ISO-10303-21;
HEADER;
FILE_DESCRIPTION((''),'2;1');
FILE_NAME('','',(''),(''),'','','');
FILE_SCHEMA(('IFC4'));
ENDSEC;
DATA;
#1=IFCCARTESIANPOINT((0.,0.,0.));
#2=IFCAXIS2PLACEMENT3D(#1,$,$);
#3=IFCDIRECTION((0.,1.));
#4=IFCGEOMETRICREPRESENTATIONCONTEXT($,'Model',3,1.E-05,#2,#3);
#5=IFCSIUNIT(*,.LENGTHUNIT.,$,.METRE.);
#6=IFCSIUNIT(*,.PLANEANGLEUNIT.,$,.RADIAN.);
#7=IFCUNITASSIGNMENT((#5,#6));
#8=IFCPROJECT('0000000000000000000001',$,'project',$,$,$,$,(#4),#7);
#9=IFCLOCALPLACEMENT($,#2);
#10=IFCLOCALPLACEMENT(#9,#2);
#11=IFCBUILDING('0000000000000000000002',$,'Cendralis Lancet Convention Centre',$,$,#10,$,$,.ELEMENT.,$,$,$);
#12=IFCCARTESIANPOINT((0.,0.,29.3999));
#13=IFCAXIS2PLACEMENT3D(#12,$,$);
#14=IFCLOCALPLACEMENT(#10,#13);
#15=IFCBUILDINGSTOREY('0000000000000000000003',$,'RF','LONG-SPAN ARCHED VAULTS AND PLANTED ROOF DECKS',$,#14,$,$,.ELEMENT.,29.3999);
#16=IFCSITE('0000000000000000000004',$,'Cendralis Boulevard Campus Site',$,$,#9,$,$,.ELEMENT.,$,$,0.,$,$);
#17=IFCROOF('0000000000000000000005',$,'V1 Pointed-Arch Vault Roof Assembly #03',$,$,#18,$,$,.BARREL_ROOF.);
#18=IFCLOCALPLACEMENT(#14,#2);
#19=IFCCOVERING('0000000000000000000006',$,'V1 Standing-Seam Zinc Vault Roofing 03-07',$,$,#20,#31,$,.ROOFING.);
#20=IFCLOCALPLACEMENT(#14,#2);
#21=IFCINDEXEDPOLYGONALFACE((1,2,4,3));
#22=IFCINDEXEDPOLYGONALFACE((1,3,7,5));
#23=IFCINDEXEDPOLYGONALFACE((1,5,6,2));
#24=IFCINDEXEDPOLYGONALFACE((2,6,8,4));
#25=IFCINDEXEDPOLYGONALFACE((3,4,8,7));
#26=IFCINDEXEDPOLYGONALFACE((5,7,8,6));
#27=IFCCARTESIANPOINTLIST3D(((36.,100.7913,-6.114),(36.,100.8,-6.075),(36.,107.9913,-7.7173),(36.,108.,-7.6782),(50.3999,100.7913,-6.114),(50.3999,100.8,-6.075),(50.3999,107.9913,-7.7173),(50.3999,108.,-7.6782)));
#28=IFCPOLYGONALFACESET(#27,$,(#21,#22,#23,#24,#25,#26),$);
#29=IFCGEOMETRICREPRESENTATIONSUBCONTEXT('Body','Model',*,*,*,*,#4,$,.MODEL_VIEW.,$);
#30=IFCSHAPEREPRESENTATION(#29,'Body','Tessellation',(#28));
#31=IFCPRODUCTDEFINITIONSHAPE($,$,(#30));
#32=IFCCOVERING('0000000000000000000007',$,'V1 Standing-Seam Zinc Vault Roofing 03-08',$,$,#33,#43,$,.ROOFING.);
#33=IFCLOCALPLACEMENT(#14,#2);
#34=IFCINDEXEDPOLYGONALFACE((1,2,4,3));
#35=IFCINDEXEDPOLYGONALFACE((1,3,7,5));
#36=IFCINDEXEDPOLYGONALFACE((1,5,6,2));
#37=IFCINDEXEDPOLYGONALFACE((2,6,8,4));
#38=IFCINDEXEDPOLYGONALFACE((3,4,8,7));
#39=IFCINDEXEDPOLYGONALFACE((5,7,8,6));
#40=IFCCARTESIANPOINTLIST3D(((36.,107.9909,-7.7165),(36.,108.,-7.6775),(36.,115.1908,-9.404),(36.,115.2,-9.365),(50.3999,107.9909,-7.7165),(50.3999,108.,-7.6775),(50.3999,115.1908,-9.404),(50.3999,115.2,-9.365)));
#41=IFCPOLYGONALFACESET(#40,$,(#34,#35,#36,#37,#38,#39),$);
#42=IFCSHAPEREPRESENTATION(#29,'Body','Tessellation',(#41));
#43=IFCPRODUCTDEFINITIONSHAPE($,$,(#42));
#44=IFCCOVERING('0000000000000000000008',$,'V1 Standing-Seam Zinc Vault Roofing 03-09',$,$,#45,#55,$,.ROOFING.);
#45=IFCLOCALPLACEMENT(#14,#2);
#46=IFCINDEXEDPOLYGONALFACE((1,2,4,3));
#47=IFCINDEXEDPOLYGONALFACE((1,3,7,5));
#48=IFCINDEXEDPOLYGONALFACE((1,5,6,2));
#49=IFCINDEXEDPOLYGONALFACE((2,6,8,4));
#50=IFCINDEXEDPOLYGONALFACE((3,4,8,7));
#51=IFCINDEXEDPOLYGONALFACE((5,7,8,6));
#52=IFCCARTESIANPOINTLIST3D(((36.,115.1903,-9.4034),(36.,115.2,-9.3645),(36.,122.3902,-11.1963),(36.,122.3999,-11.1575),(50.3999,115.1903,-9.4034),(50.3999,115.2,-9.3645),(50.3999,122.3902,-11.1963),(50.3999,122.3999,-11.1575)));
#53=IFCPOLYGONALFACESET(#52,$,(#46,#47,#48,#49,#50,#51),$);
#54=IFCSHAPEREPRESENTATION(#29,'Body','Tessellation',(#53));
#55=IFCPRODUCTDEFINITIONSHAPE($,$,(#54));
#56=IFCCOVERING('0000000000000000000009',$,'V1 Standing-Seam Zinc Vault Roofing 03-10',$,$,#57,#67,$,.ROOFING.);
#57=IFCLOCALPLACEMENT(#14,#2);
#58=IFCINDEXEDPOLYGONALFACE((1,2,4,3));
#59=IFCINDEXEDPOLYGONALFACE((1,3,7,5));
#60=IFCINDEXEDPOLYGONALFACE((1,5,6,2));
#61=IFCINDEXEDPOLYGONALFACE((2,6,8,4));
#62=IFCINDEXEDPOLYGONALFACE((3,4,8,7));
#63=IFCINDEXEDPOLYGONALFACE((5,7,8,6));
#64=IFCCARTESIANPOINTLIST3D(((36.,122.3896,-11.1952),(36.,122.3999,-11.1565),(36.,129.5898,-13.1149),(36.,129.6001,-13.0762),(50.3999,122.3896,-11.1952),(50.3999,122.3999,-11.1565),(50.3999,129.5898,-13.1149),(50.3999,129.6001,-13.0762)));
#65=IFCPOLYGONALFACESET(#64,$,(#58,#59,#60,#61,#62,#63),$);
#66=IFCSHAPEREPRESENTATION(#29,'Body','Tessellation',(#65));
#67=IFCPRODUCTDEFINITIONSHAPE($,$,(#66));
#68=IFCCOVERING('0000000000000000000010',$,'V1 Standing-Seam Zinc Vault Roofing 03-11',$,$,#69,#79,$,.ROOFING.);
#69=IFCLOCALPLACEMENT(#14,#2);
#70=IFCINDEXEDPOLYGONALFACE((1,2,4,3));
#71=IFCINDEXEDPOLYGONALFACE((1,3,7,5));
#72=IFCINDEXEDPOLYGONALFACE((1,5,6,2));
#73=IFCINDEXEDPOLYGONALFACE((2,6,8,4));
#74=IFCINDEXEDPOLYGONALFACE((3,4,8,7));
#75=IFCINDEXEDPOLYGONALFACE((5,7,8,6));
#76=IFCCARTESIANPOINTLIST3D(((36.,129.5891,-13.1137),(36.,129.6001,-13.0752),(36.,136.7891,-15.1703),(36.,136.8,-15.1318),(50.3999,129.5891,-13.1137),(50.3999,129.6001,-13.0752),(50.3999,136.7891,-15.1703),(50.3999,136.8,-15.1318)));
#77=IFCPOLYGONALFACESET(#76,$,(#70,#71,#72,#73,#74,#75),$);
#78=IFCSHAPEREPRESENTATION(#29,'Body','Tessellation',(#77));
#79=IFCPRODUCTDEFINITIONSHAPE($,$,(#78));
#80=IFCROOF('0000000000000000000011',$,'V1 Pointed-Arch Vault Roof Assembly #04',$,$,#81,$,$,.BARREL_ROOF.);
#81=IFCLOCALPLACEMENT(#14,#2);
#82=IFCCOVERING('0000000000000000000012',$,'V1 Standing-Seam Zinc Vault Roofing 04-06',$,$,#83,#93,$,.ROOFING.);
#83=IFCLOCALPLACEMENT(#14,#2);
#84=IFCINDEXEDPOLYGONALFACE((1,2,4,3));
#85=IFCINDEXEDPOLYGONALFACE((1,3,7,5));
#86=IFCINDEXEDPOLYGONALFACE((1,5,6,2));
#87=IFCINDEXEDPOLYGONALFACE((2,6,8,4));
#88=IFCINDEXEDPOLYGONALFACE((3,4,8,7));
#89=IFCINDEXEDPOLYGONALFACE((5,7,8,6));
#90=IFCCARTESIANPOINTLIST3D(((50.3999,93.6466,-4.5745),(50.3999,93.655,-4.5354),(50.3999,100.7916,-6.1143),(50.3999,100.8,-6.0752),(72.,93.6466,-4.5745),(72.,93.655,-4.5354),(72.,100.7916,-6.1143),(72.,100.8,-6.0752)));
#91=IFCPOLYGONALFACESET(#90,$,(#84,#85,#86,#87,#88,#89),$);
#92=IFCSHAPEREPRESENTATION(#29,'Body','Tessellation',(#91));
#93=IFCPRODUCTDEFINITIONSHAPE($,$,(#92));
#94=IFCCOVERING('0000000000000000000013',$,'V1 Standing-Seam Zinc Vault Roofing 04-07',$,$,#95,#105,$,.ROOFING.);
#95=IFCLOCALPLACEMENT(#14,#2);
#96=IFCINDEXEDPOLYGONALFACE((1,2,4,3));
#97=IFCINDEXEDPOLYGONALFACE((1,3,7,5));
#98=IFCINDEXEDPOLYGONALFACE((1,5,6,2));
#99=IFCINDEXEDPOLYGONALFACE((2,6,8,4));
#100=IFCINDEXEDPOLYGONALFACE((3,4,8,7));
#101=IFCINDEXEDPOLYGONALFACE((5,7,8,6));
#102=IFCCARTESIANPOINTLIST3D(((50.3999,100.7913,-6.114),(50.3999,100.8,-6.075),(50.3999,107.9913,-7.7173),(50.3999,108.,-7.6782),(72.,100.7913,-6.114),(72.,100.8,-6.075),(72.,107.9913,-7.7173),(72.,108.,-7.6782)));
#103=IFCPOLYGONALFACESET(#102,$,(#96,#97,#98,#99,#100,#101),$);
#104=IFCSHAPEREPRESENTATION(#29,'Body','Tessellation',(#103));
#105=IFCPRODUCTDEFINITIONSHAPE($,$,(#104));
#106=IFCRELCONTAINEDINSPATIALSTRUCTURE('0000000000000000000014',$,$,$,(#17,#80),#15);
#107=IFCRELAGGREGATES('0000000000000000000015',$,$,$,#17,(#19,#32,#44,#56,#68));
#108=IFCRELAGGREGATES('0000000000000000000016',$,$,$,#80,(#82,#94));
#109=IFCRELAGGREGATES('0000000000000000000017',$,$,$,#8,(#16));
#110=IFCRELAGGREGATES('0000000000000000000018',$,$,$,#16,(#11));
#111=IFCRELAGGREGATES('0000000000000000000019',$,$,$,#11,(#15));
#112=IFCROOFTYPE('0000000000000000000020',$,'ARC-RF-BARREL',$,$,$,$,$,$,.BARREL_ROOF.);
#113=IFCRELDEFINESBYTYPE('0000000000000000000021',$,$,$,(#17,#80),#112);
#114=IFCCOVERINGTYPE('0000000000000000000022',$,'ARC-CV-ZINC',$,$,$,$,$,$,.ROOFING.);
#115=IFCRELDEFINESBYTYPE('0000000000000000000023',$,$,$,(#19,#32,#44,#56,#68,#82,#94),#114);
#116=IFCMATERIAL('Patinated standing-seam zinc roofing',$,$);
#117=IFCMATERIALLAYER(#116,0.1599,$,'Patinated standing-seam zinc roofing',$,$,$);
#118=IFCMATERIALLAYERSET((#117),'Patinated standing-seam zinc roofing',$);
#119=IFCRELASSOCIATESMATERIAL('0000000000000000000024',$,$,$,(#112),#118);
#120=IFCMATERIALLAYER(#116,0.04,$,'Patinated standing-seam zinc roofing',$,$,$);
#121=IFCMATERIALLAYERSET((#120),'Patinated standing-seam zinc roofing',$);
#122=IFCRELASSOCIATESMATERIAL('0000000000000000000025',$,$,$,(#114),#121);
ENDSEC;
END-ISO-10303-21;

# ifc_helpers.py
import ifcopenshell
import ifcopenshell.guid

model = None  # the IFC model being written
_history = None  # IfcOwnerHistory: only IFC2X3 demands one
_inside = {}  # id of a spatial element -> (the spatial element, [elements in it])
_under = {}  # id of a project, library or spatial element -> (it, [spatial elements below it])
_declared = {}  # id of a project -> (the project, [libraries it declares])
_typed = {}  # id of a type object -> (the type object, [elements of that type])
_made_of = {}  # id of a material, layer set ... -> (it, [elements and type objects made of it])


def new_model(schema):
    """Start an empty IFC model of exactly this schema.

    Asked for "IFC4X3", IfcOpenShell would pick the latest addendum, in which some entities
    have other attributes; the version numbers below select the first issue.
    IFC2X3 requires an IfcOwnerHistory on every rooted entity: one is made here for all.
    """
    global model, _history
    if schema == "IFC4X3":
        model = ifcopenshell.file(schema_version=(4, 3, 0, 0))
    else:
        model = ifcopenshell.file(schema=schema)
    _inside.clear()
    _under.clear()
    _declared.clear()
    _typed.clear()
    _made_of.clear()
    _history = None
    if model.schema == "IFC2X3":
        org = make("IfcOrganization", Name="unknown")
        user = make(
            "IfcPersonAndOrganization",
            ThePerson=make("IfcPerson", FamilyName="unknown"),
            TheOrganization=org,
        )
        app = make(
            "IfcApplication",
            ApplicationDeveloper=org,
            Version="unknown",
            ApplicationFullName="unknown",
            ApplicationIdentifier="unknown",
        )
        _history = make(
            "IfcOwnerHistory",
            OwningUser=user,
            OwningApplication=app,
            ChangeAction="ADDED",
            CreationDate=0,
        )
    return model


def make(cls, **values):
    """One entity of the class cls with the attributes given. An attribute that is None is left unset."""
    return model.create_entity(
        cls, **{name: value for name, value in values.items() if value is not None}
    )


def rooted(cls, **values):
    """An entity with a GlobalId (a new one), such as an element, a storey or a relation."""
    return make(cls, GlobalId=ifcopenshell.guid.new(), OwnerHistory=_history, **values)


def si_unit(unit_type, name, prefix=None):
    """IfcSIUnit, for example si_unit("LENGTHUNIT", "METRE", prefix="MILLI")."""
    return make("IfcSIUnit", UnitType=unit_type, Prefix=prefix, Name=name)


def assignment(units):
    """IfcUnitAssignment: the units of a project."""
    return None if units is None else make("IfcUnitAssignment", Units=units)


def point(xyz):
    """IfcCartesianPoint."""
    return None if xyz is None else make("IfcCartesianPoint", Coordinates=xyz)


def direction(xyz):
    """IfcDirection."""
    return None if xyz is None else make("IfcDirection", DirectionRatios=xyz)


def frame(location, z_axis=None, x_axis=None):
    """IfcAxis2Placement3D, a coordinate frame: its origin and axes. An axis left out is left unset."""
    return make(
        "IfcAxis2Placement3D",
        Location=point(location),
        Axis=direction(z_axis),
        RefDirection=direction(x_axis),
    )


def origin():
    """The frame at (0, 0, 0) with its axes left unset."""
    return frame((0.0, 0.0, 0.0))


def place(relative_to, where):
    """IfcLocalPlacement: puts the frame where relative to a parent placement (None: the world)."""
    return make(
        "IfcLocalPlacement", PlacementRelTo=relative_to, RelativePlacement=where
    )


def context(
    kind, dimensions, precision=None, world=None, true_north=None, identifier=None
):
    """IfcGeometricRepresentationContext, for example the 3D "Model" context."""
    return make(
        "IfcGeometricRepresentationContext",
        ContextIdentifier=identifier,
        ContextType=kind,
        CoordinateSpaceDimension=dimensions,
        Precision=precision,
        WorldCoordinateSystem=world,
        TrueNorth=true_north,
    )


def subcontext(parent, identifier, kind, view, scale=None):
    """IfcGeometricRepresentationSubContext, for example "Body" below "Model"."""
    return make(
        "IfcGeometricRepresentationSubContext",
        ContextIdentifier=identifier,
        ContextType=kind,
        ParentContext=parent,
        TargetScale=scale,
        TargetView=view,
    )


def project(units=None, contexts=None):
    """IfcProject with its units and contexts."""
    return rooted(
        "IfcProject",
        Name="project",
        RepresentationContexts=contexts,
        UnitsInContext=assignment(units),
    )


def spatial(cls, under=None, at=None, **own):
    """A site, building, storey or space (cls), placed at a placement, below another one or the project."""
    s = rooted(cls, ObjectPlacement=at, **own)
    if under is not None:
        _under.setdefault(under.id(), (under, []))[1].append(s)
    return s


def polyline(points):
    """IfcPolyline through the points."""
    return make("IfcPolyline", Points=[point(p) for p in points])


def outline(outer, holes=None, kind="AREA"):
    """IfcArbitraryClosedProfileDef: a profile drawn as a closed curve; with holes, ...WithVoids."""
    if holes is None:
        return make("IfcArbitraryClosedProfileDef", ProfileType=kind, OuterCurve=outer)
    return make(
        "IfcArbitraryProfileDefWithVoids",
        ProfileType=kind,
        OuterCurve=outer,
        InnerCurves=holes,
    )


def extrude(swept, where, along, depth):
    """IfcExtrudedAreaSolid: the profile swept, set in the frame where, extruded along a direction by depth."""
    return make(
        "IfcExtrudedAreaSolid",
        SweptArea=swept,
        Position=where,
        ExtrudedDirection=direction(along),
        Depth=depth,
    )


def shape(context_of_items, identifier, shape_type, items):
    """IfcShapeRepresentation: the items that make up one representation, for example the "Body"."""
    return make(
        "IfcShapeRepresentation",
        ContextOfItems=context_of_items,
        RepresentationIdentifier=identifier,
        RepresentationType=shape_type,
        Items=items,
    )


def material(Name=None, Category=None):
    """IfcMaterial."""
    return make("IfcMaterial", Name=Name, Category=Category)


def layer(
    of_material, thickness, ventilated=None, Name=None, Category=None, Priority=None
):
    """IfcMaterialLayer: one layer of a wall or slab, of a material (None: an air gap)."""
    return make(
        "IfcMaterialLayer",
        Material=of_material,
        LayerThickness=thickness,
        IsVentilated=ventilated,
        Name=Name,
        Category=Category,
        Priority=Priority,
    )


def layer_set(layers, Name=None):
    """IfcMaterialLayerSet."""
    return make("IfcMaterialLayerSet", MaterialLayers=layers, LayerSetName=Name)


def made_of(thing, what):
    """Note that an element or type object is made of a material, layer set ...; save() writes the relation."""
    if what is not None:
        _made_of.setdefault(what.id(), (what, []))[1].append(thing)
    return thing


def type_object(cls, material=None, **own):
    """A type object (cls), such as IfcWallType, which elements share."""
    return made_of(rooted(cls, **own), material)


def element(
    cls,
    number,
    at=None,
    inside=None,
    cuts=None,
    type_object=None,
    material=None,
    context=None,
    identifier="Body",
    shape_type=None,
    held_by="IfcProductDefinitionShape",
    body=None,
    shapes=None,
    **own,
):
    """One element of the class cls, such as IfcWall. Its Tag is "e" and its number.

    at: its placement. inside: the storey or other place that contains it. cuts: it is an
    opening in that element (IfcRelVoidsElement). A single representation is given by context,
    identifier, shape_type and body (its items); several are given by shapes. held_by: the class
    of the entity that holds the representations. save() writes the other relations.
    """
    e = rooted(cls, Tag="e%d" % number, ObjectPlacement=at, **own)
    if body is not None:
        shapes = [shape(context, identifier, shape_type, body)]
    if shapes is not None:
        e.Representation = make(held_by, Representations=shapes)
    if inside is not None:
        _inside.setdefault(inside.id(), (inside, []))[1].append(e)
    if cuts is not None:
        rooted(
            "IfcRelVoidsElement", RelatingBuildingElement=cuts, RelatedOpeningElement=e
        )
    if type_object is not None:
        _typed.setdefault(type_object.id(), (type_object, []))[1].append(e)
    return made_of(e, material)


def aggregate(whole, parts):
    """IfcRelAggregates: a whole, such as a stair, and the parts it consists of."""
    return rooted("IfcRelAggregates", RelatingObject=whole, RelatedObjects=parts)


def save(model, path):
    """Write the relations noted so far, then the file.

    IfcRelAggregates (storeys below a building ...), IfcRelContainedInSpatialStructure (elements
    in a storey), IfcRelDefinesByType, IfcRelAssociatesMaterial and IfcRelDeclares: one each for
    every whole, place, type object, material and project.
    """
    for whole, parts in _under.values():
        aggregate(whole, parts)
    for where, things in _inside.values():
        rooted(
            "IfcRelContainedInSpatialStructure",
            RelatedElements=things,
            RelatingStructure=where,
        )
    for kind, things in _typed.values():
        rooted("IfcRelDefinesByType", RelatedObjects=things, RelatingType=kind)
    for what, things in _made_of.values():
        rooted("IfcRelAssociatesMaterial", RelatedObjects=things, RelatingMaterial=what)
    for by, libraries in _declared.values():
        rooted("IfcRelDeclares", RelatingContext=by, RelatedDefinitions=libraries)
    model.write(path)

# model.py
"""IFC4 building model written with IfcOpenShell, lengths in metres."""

from ifc_helpers import new_model, si_unit, direction, frame, origin, place, context, subcontext, project, spatial, polyline, outline, extrude, material, layer, layer_set, type_object, element, aggregate, save


model = new_model("IFC4")

# Units and contexts
model_context = context("Model", 3, precision=1e-05, world=origin(), true_north=direction((0.0, 1.0)))
body_context = subcontext(model_context, "Body", "Model", "MODEL_VIEW")
ifc_project = project(units=[si_unit("LENGTHUNIT", "METRE"), si_unit("PLANEANGLEUNIT", "RADIAN")], contexts=[model_context])

# Site, building, storey
site_placement = place(None, origin())
site = spatial("IfcSite", under=ifc_project, at=site_placement, Name="Cendralis Boulevard Campus Site", CompositionType="ELEMENT", RefElevation=0.0)
building_placement = place(site_placement, origin())
building = spatial("IfcBuilding", under=site, at=building_placement, Name="Cendralis Lancet Convention Centre", CompositionType="ELEMENT")
storey_placement = place(building_placement, frame((0.0, 0.0, 29.3999)))
storey = spatial("IfcBuildingStorey", under=building, at=storey_placement, Name="RF", Description="LONG-SPAN ARCHED VAULTS AND PLANTED ROOF DECKS", CompositionType="ELEMENT", Elevation=29.3999)

# Roofs, coverings
ifc_material_1 = material(Name="Patinated standing-seam zinc roofing")
ifc_layer_1 = layer(ifc_material_1, 0.1599, Name="Patinated standing-seam zinc roofing")
ifc_layer_set_1 = layer_set([ifc_layer_1], Name="Patinated standing-seam zinc roofing")
roof_type = type_object("IfcRoofType", Name="ARC-RF-BARREL", PredefinedType="BARREL_ROOF", material=ifc_layer_set_1)
ifc_layer_2 = layer(ifc_material_1, 0.04, Name="Patinated standing-seam zinc roofing")
ifc_layer_set_2 = layer_set([ifc_layer_2], Name="Patinated standing-seam zinc roofing")
covering_type = type_object("IfcCoveringType", Name="ARC-CV-ZINC", PredefinedType="ROOFING", material=ifc_layer_set_2)
roof_1_placement = place(storey_placement, origin())
roof_1 = element("IfcRoof", 1, at=roof_1_placement, inside=storey, type_object=roof_type, Name="V1 Pointed-Arch Vault Roof Assembly #03", PredefinedType="BARREL_ROOF")
covering_1_placement = place(storey_placement, frame((36.0, 100.8, -6.075), z_axis=(0.0, 0.217354, 0.976093), x_axis=(1.0, 0.0, 0.0)))
covering_1 = element("IfcCovering", 2, at=covering_1_placement, type_object=covering_type, Name="V1 Standing-Seam Zinc Vault Roofing 03-07", PredefinedType="ROOFING", context=body_context, shape_type="SweptSolid", body=[
    extrude(outline(polyline([(0.0, 0.0), (14.3999, 0.0), (14.3999, 7.3763), (0.0, 7.3763), (0.0, 0.0)])), origin(), (0.0, 0.0, -1.0), 0.04),
])
covering_2_placement = place(storey_placement, frame((36.0, 108.0, -7.6775), z_axis=(0.0, 0.228193, 0.973616), x_axis=(1.0, 0.0, 0.0)))
covering_2 = element("IfcCovering", 3, at=covering_2_placement, type_object=covering_type, Name="V1 Standing-Seam Zinc Vault Roofing 03-08", PredefinedType="ROOFING", context=body_context, shape_type="SweptSolid", body=[
    extrude(outline(polyline([(0.0, 0.0), (14.3999, 0.0), (14.3999, 7.3951), (0.0, 7.3951), (0.0, 0.0)])), origin(), (0.0, 0.0, -1.0), 0.04),
])
covering_3_placement = place(storey_placement, frame((36.0, 115.2, -9.3645), z_axis=(0.0, 0.241645, 0.970365), x_axis=(1.0, 0.0, 0.0)))
covering_3 = element("IfcCovering", 4, at=covering_3_placement, type_object=covering_type, Name="V1 Standing-Seam Zinc Vault Roofing 03-09", PredefinedType="ROOFING", context=body_context, shape_type="SweptSolid", body=[
    extrude(outline(polyline([(0.0, 0.0), (14.3999, 0.0), (14.3999, 7.4198), (0.0, 7.4198), (0.0, 0.0)])), origin(), (0.0, 0.0, -1.0), 0.04),
])
covering_4_placement = place(storey_placement, frame((36.0, 122.3999, -11.1565), z_axis=(0.0, 0.257616, 0.966247), x_axis=(1.0, 0.0, 0.0)))
covering_4 = element("IfcCovering", 5, at=covering_4_placement, type_object=covering_type, Name="V1 Standing-Seam Zinc Vault Roofing 03-10", PredefinedType="ROOFING", context=body_context, shape_type="SweptSolid", body=[
    extrude(outline(polyline([(0.0, 0.0), (14.3999, 0.0), (14.3999, 7.4517), (0.0, 7.4517), (0.0, 0.0)])), origin(), (0.0, 0.0, -1.0), 0.04),
])
covering_5_placement = place(storey_placement, frame((36.0, 129.6001, -13.0752), z_axis=(0.0, 0.274661, 0.961541), x_axis=(1.0, 0.0, 0.0)))
covering_5 = element("IfcCovering", 6, at=covering_5_placement, type_object=covering_type, Name="V1 Standing-Seam Zinc Vault Roofing 03-11", PredefinedType="ROOFING", context=body_context, shape_type="SweptSolid", body=[
    extrude(outline(polyline([(0.0, 0.0), (14.3999, 0.0), (14.3999, 7.4879), (0.0, 7.4879), (0.0, 0.0)])), origin(), (0.0, 0.0, -1.0), 0.04),
])
aggregate(roof_1, [covering_1, covering_2, covering_3, covering_4, covering_5])
roof_2_placement = place(storey_placement, origin())
roof_2 = element("IfcRoof", 7, at=roof_2_placement, inside=storey, type_object=roof_type, Name="V1 Pointed-Arch Vault Roof Assembly #04", PredefinedType="BARREL_ROOF")
covering_6_placement = place(storey_placement, frame((50.3999, 93.655, -4.5354), z_axis=(0.0, 0.21067, 0.977557), x_axis=(1.0, 0.0, 0.0)))
covering_6 = element("IfcCovering", 8, at=covering_6_placement, type_object=covering_type, Name="V1 Standing-Seam Zinc Vault Roofing 04-06", PredefinedType="ROOFING", context=body_context, shape_type="SweptSolid", body=[
    extrude(outline(polyline([(0.0, 0.0), (21.6001, 0.0), (21.6001, 7.3091), (0.0, 7.3091), (0.0, 0.0)])), origin(), (0.0, 0.0, -1.0), 0.04),
])
covering_7_placement = place(storey_placement, frame((50.3999, 100.8, -6.075), z_axis=(0.0, 0.217354, 0.976093), x_axis=(1.0, 0.0, 0.0)))
covering_7 = element("IfcCovering", 9, at=covering_7_placement, type_object=covering_type, Name="V1 Standing-Seam Zinc Vault Roofing 04-07", PredefinedType="ROOFING", context=body_context, shape_type="SweptSolid", body=[
    extrude(outline(polyline([(0.0, 0.0), (21.6001, 0.0), (21.6001, 7.3763), (0.0, 7.3763), (0.0, 0.0)])), origin(), (0.0, 0.0, -1.0), 0.04),
])
aggregate(roof_2, [covering_6, covering_7])

save(model, "model.ifc")
